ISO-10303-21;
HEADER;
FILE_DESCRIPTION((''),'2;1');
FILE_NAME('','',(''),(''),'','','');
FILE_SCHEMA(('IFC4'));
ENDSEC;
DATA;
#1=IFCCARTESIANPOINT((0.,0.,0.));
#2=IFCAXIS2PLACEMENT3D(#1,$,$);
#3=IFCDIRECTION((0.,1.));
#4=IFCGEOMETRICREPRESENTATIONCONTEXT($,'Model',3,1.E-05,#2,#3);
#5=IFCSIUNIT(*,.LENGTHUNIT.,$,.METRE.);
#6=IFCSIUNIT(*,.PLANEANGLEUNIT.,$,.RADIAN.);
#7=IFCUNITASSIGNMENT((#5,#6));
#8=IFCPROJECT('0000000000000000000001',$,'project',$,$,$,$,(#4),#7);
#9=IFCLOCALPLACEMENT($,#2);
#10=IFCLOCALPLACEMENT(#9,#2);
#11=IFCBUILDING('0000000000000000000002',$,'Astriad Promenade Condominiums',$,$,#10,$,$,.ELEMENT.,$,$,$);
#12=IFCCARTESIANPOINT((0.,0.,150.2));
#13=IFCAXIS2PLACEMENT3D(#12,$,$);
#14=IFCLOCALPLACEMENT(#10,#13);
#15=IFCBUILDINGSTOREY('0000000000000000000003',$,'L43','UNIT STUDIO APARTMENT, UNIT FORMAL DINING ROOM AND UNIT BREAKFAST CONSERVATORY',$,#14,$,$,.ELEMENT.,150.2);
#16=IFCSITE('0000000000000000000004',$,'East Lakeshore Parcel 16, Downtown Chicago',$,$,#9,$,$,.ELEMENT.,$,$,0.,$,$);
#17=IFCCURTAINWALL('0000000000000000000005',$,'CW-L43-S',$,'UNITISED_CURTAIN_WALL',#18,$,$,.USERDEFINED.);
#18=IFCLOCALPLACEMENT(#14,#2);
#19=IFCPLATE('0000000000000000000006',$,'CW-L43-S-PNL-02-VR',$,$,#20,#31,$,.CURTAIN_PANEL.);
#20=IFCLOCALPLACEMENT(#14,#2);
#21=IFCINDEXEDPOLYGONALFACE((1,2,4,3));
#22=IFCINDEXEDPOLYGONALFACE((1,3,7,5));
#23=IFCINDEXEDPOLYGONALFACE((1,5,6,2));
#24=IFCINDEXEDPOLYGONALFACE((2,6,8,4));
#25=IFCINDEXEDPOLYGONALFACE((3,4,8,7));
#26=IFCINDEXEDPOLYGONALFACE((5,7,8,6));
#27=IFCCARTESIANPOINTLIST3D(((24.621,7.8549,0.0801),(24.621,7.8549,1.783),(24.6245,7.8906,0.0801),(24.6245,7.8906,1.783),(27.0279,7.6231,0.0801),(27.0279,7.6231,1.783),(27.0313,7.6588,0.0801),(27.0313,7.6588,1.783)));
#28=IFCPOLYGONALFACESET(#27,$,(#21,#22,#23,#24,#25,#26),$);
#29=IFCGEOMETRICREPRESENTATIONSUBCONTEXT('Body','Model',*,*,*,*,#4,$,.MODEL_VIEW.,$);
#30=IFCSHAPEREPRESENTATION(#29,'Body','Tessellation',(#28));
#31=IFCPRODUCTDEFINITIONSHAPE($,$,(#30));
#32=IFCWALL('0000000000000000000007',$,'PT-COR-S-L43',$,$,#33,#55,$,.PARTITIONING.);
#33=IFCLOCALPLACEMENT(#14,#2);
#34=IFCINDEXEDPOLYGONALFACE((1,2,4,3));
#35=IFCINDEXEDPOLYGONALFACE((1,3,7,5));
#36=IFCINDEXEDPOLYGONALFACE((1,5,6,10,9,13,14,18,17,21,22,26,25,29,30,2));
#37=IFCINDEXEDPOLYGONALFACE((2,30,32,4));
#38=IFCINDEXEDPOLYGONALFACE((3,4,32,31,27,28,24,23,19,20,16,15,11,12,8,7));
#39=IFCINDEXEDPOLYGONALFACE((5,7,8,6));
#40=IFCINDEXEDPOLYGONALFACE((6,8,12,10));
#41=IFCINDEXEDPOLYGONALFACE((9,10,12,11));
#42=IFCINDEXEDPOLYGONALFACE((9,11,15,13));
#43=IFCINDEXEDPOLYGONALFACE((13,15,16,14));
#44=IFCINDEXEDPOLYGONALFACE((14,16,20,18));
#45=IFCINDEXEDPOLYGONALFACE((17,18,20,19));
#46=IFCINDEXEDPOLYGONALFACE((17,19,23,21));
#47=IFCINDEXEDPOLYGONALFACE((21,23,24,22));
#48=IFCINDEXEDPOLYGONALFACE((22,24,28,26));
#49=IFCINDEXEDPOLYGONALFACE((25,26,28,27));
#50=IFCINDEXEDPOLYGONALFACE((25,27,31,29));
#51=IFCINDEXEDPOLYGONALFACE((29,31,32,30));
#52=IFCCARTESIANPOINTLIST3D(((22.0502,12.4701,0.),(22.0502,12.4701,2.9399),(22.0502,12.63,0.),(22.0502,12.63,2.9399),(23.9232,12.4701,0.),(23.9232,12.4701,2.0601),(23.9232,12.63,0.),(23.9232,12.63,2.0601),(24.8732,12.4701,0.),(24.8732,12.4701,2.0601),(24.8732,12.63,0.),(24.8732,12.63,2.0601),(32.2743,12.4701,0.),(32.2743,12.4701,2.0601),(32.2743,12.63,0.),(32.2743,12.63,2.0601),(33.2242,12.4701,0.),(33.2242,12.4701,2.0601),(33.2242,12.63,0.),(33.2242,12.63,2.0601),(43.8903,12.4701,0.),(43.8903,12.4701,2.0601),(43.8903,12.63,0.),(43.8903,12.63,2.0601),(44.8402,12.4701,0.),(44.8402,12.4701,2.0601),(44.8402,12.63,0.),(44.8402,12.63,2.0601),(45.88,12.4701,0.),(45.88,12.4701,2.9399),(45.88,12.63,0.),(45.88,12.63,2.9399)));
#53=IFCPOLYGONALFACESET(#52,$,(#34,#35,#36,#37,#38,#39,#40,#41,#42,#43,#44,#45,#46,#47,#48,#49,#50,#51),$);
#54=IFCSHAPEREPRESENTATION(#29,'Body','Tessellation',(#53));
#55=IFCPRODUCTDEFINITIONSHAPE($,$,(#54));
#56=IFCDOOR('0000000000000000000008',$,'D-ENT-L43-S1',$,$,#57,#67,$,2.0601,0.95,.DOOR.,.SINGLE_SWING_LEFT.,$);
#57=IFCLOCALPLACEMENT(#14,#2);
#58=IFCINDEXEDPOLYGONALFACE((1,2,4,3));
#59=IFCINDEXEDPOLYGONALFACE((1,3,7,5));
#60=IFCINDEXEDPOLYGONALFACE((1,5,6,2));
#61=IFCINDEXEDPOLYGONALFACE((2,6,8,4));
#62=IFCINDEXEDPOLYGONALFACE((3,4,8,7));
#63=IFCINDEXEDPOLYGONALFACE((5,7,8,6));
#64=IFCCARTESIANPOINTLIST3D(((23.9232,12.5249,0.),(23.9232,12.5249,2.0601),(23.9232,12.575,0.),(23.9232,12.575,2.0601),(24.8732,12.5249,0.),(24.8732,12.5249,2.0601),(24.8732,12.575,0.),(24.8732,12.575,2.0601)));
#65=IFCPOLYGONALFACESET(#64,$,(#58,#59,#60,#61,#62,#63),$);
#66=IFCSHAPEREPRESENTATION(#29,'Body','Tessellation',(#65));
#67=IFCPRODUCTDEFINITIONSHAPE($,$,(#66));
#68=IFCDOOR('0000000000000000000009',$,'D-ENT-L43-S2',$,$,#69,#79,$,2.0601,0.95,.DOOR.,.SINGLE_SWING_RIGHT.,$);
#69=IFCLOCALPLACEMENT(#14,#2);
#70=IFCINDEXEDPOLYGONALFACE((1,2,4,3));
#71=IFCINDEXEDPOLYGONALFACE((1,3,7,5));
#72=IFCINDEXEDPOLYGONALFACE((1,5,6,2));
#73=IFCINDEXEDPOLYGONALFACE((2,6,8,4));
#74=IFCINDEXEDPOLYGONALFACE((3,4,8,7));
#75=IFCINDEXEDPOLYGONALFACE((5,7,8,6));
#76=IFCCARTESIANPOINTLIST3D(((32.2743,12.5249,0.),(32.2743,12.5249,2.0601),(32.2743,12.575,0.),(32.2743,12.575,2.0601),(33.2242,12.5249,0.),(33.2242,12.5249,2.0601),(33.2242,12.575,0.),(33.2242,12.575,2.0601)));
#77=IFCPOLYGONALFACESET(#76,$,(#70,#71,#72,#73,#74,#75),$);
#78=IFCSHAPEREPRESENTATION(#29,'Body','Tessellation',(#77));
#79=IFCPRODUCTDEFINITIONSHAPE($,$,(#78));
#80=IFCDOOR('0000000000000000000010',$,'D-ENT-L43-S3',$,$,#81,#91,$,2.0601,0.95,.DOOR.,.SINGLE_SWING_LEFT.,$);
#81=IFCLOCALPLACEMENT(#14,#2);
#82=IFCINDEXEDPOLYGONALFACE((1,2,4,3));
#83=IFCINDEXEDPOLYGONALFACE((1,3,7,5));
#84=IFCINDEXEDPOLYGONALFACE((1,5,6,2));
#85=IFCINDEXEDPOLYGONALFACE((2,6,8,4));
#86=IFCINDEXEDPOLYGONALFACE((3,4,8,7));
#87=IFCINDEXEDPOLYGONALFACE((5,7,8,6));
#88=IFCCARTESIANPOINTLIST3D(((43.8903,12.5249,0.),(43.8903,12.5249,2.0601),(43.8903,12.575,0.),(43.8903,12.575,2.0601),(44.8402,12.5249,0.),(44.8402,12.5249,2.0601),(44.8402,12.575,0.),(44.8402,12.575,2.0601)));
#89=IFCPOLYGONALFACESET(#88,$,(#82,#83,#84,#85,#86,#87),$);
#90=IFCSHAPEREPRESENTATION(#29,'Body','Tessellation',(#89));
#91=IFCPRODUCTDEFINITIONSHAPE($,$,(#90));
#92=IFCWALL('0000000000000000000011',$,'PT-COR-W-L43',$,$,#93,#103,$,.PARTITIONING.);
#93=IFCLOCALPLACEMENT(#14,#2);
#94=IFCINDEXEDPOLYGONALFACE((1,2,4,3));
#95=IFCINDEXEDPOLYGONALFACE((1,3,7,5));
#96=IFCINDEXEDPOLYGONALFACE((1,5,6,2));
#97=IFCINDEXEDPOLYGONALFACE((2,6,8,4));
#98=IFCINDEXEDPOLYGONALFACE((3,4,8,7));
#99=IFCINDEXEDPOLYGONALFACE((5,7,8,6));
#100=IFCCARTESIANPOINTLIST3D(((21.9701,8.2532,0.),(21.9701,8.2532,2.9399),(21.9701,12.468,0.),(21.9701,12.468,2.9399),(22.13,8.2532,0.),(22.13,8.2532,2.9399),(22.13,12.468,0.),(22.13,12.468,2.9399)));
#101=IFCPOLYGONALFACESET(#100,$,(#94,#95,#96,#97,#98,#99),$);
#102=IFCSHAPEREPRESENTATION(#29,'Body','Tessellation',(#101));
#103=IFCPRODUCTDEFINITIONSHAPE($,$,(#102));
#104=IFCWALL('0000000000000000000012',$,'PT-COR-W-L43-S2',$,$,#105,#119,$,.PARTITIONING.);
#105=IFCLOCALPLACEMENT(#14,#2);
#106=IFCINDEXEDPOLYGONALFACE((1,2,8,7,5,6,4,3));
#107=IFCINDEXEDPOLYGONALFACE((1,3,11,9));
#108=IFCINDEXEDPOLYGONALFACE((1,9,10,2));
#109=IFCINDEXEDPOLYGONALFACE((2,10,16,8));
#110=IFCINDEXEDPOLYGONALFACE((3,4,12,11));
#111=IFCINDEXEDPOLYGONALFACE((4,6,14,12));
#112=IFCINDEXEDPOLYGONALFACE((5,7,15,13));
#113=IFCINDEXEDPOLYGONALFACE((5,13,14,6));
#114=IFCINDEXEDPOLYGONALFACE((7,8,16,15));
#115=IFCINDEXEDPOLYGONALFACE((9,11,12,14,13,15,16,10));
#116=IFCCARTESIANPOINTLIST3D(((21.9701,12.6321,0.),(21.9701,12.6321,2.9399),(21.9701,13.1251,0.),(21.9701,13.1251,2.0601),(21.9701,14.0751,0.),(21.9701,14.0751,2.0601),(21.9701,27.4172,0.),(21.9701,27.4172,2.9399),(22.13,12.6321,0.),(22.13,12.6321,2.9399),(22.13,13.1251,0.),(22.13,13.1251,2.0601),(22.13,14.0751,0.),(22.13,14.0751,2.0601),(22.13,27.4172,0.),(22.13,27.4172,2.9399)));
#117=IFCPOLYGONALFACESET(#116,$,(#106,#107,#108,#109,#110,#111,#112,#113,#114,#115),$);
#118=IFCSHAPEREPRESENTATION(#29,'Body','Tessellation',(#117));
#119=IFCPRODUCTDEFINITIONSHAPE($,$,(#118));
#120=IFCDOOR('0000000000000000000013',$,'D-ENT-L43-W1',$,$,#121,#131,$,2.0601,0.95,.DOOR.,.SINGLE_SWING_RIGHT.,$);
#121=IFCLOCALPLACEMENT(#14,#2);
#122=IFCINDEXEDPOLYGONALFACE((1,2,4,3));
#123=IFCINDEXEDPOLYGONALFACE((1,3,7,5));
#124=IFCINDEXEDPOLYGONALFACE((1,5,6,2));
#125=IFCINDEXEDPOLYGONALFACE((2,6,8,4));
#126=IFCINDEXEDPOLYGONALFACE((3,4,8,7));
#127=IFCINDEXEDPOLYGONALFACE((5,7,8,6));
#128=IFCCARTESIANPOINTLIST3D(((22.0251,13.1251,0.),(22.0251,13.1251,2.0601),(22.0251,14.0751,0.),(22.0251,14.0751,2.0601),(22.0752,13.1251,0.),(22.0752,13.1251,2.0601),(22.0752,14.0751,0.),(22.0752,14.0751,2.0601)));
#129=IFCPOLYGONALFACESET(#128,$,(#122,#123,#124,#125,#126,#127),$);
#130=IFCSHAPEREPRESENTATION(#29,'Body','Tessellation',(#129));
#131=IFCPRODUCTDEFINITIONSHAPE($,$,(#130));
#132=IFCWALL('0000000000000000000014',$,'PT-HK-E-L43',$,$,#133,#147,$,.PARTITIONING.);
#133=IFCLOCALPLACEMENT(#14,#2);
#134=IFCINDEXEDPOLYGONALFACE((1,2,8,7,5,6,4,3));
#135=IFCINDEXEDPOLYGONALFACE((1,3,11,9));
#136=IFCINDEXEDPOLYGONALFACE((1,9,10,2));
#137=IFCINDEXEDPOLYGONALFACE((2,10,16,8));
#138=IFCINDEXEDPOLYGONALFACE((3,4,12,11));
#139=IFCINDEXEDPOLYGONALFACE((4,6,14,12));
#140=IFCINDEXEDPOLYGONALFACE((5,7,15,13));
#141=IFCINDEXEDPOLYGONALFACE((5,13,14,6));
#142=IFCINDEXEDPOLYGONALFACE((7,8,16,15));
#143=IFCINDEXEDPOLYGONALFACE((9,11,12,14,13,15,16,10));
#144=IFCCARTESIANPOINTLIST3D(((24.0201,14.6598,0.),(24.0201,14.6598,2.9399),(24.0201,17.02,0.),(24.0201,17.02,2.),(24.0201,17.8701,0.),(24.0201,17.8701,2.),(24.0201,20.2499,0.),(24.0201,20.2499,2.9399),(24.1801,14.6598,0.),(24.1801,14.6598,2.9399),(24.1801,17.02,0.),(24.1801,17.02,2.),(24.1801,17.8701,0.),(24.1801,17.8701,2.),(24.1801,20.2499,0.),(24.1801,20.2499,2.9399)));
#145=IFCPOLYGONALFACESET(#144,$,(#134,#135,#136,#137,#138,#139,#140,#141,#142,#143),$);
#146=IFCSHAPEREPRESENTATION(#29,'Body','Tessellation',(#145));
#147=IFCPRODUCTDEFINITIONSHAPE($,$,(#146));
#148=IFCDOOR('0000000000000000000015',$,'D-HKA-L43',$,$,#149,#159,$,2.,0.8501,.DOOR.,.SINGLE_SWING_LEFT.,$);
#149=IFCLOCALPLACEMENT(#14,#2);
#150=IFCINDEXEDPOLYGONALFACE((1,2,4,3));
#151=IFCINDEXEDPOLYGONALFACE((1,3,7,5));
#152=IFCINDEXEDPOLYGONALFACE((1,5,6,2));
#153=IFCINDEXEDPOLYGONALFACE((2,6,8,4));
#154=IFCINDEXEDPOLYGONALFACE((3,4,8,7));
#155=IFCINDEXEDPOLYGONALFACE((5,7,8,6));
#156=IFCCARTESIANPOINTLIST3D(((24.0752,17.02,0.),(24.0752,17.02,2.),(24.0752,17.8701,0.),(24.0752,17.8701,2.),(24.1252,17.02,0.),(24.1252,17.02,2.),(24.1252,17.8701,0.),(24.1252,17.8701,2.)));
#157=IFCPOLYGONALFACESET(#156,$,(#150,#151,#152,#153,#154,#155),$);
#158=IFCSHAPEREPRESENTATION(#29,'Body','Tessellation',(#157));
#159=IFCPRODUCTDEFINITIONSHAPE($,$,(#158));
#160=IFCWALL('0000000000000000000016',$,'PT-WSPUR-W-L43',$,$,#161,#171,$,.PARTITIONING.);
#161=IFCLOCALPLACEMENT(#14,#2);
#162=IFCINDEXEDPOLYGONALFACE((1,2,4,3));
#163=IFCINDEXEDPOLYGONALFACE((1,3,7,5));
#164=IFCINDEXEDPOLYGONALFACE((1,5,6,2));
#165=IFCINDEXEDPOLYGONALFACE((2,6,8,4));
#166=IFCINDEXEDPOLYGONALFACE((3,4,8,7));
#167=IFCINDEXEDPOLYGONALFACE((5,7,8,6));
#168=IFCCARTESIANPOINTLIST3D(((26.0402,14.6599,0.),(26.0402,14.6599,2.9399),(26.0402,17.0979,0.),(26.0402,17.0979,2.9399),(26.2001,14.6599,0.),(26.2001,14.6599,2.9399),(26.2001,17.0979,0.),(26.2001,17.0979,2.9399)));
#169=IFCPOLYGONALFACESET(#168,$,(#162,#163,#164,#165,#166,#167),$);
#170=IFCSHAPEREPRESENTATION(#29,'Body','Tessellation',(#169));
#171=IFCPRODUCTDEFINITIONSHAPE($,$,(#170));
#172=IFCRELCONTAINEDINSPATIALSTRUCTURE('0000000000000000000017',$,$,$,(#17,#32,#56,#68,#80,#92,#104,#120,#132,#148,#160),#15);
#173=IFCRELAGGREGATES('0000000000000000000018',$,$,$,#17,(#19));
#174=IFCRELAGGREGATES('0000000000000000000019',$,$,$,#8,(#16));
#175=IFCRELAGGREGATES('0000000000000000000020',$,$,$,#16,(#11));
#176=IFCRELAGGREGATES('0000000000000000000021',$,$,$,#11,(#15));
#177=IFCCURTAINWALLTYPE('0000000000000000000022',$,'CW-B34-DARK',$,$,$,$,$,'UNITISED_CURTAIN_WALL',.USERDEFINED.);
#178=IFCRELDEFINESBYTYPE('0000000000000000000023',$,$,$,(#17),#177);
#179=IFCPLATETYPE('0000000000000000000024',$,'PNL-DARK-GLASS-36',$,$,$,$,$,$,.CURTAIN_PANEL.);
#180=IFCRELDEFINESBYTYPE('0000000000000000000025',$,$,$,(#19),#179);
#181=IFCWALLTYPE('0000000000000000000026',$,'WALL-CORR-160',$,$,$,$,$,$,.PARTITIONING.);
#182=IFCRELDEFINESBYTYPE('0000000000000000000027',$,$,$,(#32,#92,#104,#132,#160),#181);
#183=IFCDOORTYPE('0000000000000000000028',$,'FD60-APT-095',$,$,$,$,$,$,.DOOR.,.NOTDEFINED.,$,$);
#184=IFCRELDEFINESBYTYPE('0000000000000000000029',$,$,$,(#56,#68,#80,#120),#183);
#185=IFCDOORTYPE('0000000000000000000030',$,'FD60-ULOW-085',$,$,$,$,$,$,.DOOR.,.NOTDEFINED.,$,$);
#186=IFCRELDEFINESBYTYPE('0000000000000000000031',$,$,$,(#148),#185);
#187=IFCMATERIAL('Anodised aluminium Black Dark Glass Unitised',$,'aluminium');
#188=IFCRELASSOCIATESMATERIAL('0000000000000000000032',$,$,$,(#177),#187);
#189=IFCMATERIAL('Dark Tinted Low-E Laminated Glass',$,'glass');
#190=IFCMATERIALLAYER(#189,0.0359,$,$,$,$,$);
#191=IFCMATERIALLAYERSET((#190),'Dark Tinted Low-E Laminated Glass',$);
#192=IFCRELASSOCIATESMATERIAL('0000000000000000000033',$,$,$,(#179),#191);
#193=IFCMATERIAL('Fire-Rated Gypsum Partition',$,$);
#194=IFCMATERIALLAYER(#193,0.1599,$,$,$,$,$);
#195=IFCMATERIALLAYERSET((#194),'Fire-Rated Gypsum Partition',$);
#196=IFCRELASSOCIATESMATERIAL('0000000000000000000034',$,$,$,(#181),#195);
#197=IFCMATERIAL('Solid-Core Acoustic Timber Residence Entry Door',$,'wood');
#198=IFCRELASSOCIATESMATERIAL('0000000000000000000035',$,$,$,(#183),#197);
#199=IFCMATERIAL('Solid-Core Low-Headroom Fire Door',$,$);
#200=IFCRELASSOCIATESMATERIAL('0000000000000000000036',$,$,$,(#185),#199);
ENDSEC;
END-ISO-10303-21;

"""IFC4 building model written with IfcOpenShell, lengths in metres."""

from ifc_helpers import new_model, si_unit, direction, frame, frame_2d, origin, origin_2d, place, context, subcontext, project, spatial, rectangle, extrude, source, transform, mapped, material, layer, layer_set, type_object, type_shapes, element, fill, aggregate, save


model = new_model("IFC4")

# Units and contexts
model_context = context("Model", 3, precision=1e-05, world=origin(), true_north=direction((0.0, 1.0)))
body_context = subcontext(model_context, "Body", "Model", "MODEL_VIEW")
ifc_project = project(units=[si_unit("LENGTHUNIT", "METRE"), si_unit("PLANEANGLEUNIT", "RADIAN")], contexts=[model_context])

# Site, building, storey
site_placement = place(None, origin())
site = spatial("IfcSite", under=ifc_project, at=site_placement, Name="East Lakeshore Parcel 16, Downtown Chicago", CompositionType="ELEMENT", RefElevation=0.0)
building_placement = place(site_placement, origin())
building = spatial("IfcBuilding", under=site, at=building_placement, Name="Astriad Promenade Condominiums", CompositionType="ELEMENT")
storey_placement = place(building_placement, frame((0.0, 0.0, 150.2)))
storey = spatial("IfcBuildingStorey", under=building, at=storey_placement, Name="L43", Description="UNIT STUDIO APARTMENT, UNIT FORMAL DINING ROOM AND UNIT BREAKFAST CONSERVATORY", CompositionType="ELEMENT", Elevation=150.2)

# Curtain wall, plate
ifc_material_1 = material(Name="Anodised aluminium Black Dark Glass Unitised", Category="aluminium")
curtain_wall_type = type_object("IfcCurtainWallType", Name="CW-B34-DARK", ElementType="UNITISED_CURTAIN_WALL", PredefinedType="USERDEFINED", material=ifc_material_1)
curtain_wall_placement = place(storey_placement, origin())
curtain_wall = element("IfcCurtainWall", 1, at=curtain_wall_placement, inside=storey, type_object=curtain_wall_type, Name="CW-L43-S", ObjectType="UNITISED_CURTAIN_WALL", PredefinedType="USERDEFINED")
ifc_material_2 = material(Name="Dark Tinted Low-E Laminated Glass", Category="glass")
ifc_layer_1 = layer(ifc_material_2, 0.0359)
ifc_layer_set_1 = layer_set([ifc_layer_1], Name="Dark Tinted Low-E Laminated Glass")
plate_type = type_object("IfcPlateType", Name="PNL-DARK-GLASS-36", PredefinedType="CURTAIN_PANEL", material=ifc_layer_set_1)
shared_shape_1 = source(origin(), body_context, "Body", "SweptSolid", [
    extrude(rectangle(XDim=2.418, YDim=0.0359, at=origin_2d()), origin(), (0.0, 0.0, 1.0), 1.7029),
])
type_shapes(plate_type, [shared_shape_1])
plate_placement = place(storey_placement, frame((25.8262, 7.7568, 0.0801), z_axis=(0.0, 0.0, 1.0), x_axis=(-0.995396, 0.095846, 0.0)))
plate = element("IfcPlate", 2, at=plate_placement, type_object=plate_type, Name="CW-L43-S-PNL-02-VR", PredefinedType="CURTAIN_PANEL", context=body_context, shape_type="MappedRepresentation", body=[
    mapped(shared_shape_1, transform((0.0, 0.0, 0.0), scale=1.0)),
])
aggregate(curtain_wall, [plate])

# Wall, openings, doors
ifc_material_3 = material(Name="Fire-Rated Gypsum Partition")
ifc_layer_2 = layer(ifc_material_3, 0.1599)
ifc_layer_set_2 = layer_set([ifc_layer_2], Name="Fire-Rated Gypsum Partition")
wall_type_1 = type_object("IfcWallType", Name="WALL-CORR-160", PredefinedType="PARTITIONING", material=ifc_layer_set_2)
wall_1_placement = place(storey_placement, frame((22.05, 12.55, 0.0), z_axis=(0.0, 0.0, 1.0), x_axis=(1.0, 0.0, 0.0)))
wall_1 = element("IfcWall", 3, at=wall_1_placement, inside=storey, type_object=wall_type_1, Name="PT-COR-S-L43", PredefinedType="PARTITIONING", context=body_context, shape_type="SweptSolid", body=[
    extrude(rectangle(XDim=23.8298, YDim=0.1599, at=frame_2d((11.915, 0.0))), origin(), (0.0, 0.0, 1.0), 2.9399),
])
opening_1_placement = place(wall_1_placement, frame((1.873, 0.0, 0.0)))
opening_1 = element("IfcOpeningElement", 4, at=opening_1_placement, cuts=wall_1, PredefinedType="OPENING", context=body_context, shape_type="SweptSolid", body=[
    extrude(rectangle(XDim=0.95, YDim=2.0601, at=frame_2d((0.4751, 1.03))), frame((0.0, 0.0898, 0.0), z_axis=(0.0, -1.0, 0.0), x_axis=(1.0, 0.0, 0.0)), (0.0, 0.0, 1.0), 0.1799),
])
opening_2_placement = place(wall_1_placement, frame((10.2241, 0.0, 0.0)))
opening_2 = element("IfcOpeningElement", 5, at=opening_2_placement, cuts=wall_1, PredefinedType="OPENING", context=body_context, shape_type="SweptSolid", body=[
    extrude(rectangle(XDim=0.95, YDim=2.0601, at=frame_2d((0.4751, 1.03))), frame((0.0, 0.0898, 0.0), z_axis=(0.0, -1.0, 0.0), x_axis=(1.0, 0.0, 0.0)), (0.0, 0.0, 1.0), 0.1799),
])
opening_3_placement = place(wall_1_placement, frame((21.8401, 0.0, 0.0)))
opening_3 = element("IfcOpeningElement", 6, at=opening_3_placement, cuts=wall_1, PredefinedType="OPENING", context=body_context, shape_type="SweptSolid", body=[
    extrude(rectangle(XDim=0.95, YDim=2.0601, at=frame_2d((0.4751, 1.03))), frame((0.0, 0.0898, 0.0), z_axis=(0.0, -1.0, 0.0), x_axis=(1.0, 0.0, 0.0)), (0.0, 0.0, 1.0), 0.1799),
])
ifc_material_4 = material(Name="Solid-Core Acoustic Timber Residence Entry Door", Category="wood")
door_type_1 = type_object("IfcDoorType", Name="FD60-APT-095", OperationType="NOTDEFINED", PredefinedType="DOOR", material=ifc_material_4)
shared_shape_2 = source(origin(), body_context, "Body", "SweptSolid", [
    extrude(rectangle(XDim=0.95, YDim=2.0601, at=frame_2d((0.4751, 1.03))), frame((0.0, 0.0249, 0.0), z_axis=(0.0, -1.0, 0.0), x_axis=(1.0, 0.0, 0.0)), (0.0, 0.0, 1.0), 0.05),
])
type_shapes(door_type_1, [shared_shape_2])
door_1_placement = place(opening_1_placement, origin())
door_1 = element("IfcDoor", 7, at=door_1_placement, inside=storey, type_object=door_type_1, Name="D-ENT-L43-S1", OperationType="SINGLE_SWING_LEFT", OverallHeight=2.0601, OverallWidth=0.95, PredefinedType="DOOR", context=body_context, shape_type="MappedRepresentation", body=[
    mapped(shared_shape_2, transform((0.0, 0.0, 0.0), scale=1.0)),
])
fill(opening_1, door_1)
door_2_placement = place(opening_2_placement, origin())
door_2 = element("IfcDoor", 8, at=door_2_placement, inside=storey, type_object=door_type_1, Name="D-ENT-L43-S2", OperationType="SINGLE_SWING_RIGHT", OverallHeight=2.0601, OverallWidth=0.95, PredefinedType="DOOR", context=body_context, shape_type="MappedRepresentation", body=[
    mapped(shared_shape_2, transform((0.0, 0.0, 0.0), scale=1.0)),
])
fill(opening_2, door_2)
door_3_placement = place(opening_3_placement, origin())
door_3 = element("IfcDoor", 9, at=door_3_placement, inside=storey, type_object=door_type_1, Name="D-ENT-L43-S3", OperationType="SINGLE_SWING_LEFT", OverallHeight=2.0601, OverallWidth=0.95, PredefinedType="DOOR", context=body_context, shape_type="MappedRepresentation", body=[
    mapped(shared_shape_2, transform((0.0, 0.0, 0.0), scale=1.0)),
])
fill(opening_3, door_3)

# Wall
wall_2_placement = place(storey_placement, frame((22.05, 8.2532, 0.0), z_axis=(0.0, 0.0, 1.0), x_axis=(0.0, 1.0, 0.0)))
element("IfcWall", 10, at=wall_2_placement, inside=storey, type_object=wall_type_1, Name="PT-COR-W-L43", PredefinedType="PARTITIONING", context=body_context, shape_type="SweptSolid", body=[
    extrude(rectangle(XDim=4.2148, YDim=0.1599, at=frame_2d((2.1074, 0.0))), origin(), (0.0, 0.0, 1.0), 2.9399),
])

# Walls, openings, doors
wall_3_placement = place(storey_placement, frame((22.05, 12.6321, 0.0), z_axis=(0.0, 0.0, 1.0), x_axis=(0.0, 1.0, 0.0)))
wall_3 = element("IfcWall", 11, at=wall_3_placement, inside=storey, type_object=wall_type_1, Name="PT-COR-W-L43-S2", PredefinedType="PARTITIONING", context=body_context, shape_type="SweptSolid", body=[
    extrude(rectangle(XDim=14.7852, YDim=0.1599, at=frame_2d((7.3926, 0.0))), origin(), (0.0, 0.0, 1.0), 2.9399),
])
opening_4_placement = place(wall_3_placement, frame((0.4929, 0.0, 0.0)))
opening_4 = element("IfcOpeningElement", 12, at=opening_4_placement, cuts=wall_3, PredefinedType="OPENING", context=body_context, shape_type="SweptSolid", body=[
    extrude(rectangle(XDim=0.95, YDim=2.0601, at=frame_2d((0.4751, 1.03))), frame((0.0, 0.0898, 0.0), z_axis=(0.0, -1.0, 0.0), x_axis=(1.0, 0.0, 0.0)), (0.0, 0.0, 1.0), 0.1799),
])
door_4_placement = place(opening_4_placement, origin())
door_4 = element("IfcDoor", 13, at=door_4_placement, inside=storey, type_object=door_type_1, Name="D-ENT-L43-W1", OperationType="SINGLE_SWING_RIGHT", OverallHeight=2.0601, OverallWidth=0.95, PredefinedType="DOOR", context=body_context, shape_type="MappedRepresentation", body=[
    mapped(shared_shape_2, transform((0.0, 0.0, 0.0), scale=1.0)),
])
fill(opening_4, door_4)
wall_4_placement = place(storey_placement, frame((24.1001, 14.6599, 0.0), z_axis=(0.0, 0.0, 1.0), x_axis=(0.0, 1.0, 0.0)))
wall_4 = element("IfcWall", 14, at=wall_4_placement, inside=storey, type_object=wall_type_1, Name="PT-HK-E-L43", PredefinedType="PARTITIONING", context=body_context, shape_type="SweptSolid", body=[
    extrude(rectangle(XDim=5.5901, YDim=0.1599, at=frame_2d((2.7949, 0.0))), origin(), (0.0, 0.0, 1.0), 2.9399),
])
opening_5_placement = place(wall_4_placement, frame((2.3601, 0.0, 0.0)))
opening_5 = element("IfcOpeningElement", 15, at=opening_5_placement, cuts=wall_4, PredefinedType="OPENING", context=body_context, shape_type="SweptSolid", body=[
    extrude(rectangle(XDim=0.8501, YDim=2.0, at=frame_2d((0.425, 1.0))), frame((0.0, 0.0898, 0.0), z_axis=(0.0, -1.0, 0.0), x_axis=(1.0, 0.0, 0.0)), (0.0, 0.0, 1.0), 0.1799),
])
ifc_material_5 = material(Name="Solid-Core Low-Headroom Fire Door")
door_type_2 = type_object("IfcDoorType", Name="FD60-ULOW-085", OperationType="NOTDEFINED", PredefinedType="DOOR", material=ifc_material_5)
shared_shape_3 = source(origin(), body_context, "Body", "SweptSolid", [
    extrude(rectangle(XDim=0.8501, YDim=2.0, at=frame_2d((0.425, 1.0))), frame((0.0, 0.0249, 0.0), z_axis=(0.0, -1.0, 0.0), x_axis=(1.0, 0.0, 0.0)), (0.0, 0.0, 1.0), 0.05),
])
type_shapes(door_type_2, [shared_shape_3])
door_5_placement = place(opening_5_placement, origin())
door_5 = element("IfcDoor", 16, at=door_5_placement, inside=storey, type_object=door_type_2, Name="D-HKA-L43", OperationType="SINGLE_SWING_LEFT", OverallHeight=2.0, OverallWidth=0.8501, PredefinedType="DOOR", context=body_context, shape_type="MappedRepresentation", body=[
    mapped(shared_shape_3, transform((0.0, 0.0, 0.0), scale=1.0)),
])
fill(opening_5, door_5)

# Wall
wall_5_placement = place(storey_placement, frame((26.1201, 14.6599, 0.0), z_axis=(0.0, 0.0, 1.0), x_axis=(0.0, 1.0, 0.0)))
element("IfcWall", 17, at=wall_5_placement, inside=storey, type_object=wall_type_1, Name="PT-WSPUR-W-L43", PredefinedType="PARTITIONING", context=body_context, shape_type="SweptSolid", body=[
    extrude(rectangle(XDim=2.438, YDim=0.1599, at=frame_2d((1.219, 0.0))), origin(), (0.0, 0.0, 1.0), 2.9399),
])

save(model, "model.ifc")
